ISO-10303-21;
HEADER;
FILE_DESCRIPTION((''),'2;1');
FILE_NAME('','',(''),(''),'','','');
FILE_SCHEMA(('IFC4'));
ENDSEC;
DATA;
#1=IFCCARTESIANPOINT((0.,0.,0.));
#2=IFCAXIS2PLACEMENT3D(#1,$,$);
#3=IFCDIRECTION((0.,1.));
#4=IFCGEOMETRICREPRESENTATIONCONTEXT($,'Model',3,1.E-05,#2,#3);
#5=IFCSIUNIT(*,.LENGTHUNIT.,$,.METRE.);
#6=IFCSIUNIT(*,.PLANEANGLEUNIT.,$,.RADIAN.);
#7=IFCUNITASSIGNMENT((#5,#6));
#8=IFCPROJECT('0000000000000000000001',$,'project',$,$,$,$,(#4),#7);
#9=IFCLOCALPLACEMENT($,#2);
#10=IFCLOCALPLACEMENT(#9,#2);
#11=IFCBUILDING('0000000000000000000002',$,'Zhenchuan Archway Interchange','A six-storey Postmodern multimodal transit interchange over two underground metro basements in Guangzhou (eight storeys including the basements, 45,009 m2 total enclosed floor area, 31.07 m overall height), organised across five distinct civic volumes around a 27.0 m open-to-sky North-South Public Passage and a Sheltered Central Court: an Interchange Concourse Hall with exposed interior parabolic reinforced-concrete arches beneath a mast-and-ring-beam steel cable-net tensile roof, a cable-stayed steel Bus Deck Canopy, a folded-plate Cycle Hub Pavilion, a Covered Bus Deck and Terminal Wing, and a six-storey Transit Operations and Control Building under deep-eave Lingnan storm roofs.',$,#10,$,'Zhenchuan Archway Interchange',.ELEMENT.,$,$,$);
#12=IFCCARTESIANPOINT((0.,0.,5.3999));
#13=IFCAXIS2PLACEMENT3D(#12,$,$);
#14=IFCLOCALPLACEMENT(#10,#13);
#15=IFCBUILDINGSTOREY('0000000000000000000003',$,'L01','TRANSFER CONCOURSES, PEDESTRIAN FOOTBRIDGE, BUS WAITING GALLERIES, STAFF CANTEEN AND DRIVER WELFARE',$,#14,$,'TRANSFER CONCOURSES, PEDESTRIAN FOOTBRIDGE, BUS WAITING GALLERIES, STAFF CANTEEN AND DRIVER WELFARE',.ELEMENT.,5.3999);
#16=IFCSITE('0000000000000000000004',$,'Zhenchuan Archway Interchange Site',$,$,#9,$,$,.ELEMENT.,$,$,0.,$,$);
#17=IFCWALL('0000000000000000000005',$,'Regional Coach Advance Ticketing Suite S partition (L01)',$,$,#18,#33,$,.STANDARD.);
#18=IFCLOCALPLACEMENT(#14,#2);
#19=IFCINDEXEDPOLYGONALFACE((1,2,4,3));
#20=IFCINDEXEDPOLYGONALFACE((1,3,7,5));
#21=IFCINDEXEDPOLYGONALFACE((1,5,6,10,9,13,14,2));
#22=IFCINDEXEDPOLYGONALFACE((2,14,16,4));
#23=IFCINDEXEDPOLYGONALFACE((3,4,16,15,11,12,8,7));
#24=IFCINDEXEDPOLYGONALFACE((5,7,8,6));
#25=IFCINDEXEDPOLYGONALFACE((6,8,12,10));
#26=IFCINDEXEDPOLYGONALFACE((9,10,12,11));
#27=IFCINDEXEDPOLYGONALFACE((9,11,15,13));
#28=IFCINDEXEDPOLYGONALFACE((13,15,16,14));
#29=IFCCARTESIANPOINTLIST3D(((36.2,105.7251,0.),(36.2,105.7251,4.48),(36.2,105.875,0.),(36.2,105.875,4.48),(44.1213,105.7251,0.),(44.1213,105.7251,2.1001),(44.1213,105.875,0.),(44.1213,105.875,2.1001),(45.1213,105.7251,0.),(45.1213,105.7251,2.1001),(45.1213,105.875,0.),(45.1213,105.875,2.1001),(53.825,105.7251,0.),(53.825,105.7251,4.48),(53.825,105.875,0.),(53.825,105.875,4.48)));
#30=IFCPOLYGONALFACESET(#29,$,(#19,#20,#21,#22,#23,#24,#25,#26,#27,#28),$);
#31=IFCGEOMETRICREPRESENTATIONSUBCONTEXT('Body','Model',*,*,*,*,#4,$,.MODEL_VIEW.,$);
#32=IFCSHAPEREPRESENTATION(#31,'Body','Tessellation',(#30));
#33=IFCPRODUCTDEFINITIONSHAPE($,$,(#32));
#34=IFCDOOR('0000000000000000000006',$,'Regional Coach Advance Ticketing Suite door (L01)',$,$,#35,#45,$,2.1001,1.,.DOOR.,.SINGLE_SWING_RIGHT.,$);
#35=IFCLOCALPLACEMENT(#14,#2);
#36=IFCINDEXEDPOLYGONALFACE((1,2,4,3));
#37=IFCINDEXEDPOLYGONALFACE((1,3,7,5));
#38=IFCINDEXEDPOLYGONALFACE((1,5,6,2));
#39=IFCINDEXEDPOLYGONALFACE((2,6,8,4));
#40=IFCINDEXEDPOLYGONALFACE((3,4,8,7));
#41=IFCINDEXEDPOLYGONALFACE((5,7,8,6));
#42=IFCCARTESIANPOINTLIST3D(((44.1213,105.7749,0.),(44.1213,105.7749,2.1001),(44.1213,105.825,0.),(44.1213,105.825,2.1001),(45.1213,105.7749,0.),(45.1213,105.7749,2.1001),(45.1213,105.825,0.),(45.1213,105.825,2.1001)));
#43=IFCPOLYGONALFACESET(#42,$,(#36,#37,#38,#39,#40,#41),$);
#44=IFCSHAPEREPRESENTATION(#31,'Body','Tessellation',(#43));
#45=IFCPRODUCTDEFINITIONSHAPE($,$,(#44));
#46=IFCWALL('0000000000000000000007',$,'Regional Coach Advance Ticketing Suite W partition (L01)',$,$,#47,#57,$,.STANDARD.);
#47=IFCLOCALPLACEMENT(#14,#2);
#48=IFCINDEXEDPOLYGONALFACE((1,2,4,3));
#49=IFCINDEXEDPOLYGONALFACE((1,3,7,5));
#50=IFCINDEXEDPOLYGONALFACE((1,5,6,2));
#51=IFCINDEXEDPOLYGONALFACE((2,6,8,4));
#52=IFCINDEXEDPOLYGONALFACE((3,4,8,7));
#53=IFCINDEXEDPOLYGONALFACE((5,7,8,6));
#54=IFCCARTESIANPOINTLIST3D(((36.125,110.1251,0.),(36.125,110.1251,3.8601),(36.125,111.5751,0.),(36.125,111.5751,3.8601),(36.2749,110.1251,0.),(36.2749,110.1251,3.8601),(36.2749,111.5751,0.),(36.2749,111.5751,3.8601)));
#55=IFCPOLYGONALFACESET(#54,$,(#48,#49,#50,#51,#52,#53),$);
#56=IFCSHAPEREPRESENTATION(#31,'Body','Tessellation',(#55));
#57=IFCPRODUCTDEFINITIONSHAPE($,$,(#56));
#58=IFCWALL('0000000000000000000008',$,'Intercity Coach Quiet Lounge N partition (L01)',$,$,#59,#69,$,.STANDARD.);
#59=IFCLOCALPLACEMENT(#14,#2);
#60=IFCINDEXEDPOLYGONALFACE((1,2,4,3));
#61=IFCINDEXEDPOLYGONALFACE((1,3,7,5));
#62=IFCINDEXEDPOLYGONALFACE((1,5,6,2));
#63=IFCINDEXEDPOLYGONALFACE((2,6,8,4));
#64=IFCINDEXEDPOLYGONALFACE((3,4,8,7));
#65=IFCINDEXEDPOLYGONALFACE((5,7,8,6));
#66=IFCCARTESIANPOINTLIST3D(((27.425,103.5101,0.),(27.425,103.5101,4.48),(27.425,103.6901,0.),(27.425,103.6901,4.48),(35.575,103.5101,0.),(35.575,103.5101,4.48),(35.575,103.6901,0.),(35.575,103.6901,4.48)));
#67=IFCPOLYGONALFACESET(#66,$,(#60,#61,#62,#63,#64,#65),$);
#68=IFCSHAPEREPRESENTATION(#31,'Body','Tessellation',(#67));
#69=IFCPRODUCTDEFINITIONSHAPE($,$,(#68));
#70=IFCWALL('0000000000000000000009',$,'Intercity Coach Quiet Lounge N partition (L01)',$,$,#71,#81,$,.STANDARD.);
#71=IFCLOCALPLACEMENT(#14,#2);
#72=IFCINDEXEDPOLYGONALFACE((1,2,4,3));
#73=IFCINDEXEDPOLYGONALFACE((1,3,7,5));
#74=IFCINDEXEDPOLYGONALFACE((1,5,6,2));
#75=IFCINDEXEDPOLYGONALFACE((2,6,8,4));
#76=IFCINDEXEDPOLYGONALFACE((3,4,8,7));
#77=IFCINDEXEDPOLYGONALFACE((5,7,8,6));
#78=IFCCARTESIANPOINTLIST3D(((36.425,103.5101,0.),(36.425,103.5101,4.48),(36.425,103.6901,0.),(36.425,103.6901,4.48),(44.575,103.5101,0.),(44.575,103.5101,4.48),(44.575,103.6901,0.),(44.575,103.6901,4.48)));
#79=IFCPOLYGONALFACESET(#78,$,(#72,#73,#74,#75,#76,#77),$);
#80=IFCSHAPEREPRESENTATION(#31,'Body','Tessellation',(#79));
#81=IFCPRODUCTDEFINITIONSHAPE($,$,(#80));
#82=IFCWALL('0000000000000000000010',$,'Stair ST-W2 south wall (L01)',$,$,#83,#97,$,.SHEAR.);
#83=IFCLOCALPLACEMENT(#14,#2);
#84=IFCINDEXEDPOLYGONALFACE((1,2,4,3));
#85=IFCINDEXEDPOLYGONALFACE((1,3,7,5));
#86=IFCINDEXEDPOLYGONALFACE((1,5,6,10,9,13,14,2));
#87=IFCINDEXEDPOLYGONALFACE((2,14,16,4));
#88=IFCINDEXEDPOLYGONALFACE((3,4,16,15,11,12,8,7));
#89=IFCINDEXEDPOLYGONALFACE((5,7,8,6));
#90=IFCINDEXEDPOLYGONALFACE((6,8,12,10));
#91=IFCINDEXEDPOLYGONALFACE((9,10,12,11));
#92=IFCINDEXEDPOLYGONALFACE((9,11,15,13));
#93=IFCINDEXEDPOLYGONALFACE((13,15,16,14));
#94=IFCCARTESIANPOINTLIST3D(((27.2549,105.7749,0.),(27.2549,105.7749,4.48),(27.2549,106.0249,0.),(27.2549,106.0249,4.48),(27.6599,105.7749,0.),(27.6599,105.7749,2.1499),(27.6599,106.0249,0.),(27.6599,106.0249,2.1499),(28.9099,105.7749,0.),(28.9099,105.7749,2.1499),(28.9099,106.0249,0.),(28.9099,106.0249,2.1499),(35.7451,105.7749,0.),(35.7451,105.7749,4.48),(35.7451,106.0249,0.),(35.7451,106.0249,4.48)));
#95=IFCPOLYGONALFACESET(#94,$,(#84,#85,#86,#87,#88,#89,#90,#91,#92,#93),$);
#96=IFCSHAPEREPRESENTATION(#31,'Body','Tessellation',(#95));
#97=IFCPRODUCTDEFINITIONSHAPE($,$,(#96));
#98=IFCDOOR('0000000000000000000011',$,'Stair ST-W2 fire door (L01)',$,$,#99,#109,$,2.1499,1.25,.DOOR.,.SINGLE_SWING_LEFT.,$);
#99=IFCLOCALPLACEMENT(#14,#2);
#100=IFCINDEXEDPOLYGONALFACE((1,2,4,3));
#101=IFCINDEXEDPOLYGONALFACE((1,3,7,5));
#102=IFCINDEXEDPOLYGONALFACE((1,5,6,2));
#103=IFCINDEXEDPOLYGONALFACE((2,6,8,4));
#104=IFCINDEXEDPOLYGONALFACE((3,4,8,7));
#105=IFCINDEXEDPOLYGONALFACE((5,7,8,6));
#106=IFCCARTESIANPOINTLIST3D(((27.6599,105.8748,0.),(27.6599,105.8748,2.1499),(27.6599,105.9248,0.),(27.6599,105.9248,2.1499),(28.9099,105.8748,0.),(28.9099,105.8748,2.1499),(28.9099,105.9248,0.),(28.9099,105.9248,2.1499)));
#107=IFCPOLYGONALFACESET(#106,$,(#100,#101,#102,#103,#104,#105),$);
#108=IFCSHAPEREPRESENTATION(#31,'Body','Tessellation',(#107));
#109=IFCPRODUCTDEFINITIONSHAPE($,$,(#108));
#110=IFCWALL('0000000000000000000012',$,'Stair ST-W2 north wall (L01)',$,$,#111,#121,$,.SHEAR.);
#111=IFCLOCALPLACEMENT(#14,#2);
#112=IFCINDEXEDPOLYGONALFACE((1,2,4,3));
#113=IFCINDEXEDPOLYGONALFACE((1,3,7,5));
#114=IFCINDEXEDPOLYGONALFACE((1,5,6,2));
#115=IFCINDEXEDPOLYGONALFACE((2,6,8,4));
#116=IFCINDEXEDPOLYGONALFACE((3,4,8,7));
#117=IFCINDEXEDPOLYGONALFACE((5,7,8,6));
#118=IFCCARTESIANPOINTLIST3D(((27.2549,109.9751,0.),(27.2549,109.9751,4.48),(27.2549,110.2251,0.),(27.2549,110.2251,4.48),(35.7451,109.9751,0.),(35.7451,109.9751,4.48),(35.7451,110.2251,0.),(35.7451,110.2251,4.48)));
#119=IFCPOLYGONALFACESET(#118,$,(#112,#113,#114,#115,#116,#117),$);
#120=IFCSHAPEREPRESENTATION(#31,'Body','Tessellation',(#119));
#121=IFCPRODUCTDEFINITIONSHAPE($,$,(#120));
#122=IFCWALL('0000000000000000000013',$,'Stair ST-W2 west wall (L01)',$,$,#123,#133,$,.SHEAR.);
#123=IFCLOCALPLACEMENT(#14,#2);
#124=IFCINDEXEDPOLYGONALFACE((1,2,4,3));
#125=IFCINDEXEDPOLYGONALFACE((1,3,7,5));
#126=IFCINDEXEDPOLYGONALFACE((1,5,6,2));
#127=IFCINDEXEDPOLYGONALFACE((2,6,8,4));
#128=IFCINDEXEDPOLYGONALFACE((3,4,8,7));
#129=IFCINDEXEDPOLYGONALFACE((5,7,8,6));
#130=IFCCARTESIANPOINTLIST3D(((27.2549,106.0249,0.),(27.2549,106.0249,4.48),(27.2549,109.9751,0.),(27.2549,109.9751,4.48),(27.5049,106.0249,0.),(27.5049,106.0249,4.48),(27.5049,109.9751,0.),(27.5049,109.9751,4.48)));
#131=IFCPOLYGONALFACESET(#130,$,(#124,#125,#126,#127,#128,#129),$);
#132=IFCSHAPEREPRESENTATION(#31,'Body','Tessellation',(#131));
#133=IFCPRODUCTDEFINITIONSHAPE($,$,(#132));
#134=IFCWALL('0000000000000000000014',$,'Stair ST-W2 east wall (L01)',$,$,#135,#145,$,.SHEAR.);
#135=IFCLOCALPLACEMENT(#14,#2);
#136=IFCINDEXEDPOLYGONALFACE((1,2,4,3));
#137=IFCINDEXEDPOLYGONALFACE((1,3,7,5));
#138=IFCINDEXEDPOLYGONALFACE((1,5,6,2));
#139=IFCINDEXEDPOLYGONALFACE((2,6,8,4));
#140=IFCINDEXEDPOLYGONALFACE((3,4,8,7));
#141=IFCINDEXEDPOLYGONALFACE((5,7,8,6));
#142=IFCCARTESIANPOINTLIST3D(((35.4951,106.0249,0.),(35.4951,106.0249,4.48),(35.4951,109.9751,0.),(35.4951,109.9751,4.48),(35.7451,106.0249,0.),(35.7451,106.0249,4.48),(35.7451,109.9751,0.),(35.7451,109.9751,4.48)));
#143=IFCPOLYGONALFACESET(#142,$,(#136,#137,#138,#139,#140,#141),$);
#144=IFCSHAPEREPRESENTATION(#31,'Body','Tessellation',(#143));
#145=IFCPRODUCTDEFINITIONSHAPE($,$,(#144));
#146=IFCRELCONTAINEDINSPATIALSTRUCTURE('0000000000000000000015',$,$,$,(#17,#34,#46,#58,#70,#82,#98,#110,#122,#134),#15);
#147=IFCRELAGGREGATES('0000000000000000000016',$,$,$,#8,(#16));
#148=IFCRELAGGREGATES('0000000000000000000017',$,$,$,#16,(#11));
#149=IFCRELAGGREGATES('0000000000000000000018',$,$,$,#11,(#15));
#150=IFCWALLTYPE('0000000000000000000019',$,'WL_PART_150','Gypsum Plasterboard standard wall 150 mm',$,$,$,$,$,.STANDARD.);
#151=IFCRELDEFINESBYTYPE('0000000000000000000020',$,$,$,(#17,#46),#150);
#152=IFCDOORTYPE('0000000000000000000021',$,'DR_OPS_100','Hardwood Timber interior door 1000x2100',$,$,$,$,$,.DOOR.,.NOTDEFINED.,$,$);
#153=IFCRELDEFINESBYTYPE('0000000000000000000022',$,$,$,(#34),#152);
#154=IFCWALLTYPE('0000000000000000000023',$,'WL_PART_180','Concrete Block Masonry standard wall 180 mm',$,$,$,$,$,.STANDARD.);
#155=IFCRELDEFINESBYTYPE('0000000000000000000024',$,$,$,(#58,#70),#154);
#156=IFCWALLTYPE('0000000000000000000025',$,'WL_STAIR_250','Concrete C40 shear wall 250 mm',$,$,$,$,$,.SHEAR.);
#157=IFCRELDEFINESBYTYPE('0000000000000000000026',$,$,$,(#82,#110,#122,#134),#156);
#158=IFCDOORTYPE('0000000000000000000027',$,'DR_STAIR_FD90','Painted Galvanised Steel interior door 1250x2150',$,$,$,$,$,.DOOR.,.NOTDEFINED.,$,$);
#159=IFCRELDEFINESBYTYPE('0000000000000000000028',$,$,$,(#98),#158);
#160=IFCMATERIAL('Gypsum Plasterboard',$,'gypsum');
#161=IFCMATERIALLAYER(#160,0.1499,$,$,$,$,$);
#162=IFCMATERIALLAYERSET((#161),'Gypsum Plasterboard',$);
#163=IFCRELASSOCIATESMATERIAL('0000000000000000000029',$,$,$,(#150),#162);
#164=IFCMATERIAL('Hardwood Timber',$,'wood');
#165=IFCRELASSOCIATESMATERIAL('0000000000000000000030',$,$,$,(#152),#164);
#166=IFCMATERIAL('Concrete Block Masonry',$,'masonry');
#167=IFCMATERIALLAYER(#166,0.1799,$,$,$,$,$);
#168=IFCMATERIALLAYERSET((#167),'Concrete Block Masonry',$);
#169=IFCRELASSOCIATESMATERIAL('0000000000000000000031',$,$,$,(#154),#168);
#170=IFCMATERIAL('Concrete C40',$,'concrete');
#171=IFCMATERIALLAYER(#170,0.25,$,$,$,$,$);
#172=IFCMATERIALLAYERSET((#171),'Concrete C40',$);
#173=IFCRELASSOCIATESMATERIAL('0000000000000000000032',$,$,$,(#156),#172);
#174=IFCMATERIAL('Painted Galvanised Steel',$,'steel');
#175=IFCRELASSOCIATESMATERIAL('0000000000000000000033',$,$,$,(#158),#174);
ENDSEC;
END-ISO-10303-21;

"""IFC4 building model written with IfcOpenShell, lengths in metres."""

from ifc_helpers import new_model, si_unit, direction, frame, frame_2d, origin, place, context, subcontext, project, spatial, rectangle, extrude, material, layer, layer_set, type_object, element, fill, save


model = new_model("IFC4")

# Units and contexts
model_context = context("Model", 3, precision=1e-05, world=origin(), true_north=direction((0.0, 1.0)))
body_context = subcontext(model_context, "Body", "Model", "MODEL_VIEW")
ifc_project = project(units=[si_unit("LENGTHUNIT", "METRE"), si_unit("PLANEANGLEUNIT", "RADIAN")], contexts=[model_context])

# Site, building, storey
site_placement = place(None, origin())
site = spatial("IfcSite", under=ifc_project, at=site_placement, Name="Zhenchuan Archway Interchange Site", CompositionType="ELEMENT", RefElevation=0.0)
building_placement = place(site_placement, origin())
building = spatial("IfcBuilding", under=site, at=building_placement, Name="Zhenchuan Archway Interchange", Description="A six-storey Postmodern multimodal transit interchange over two underground metro basements in Guangzhou (eight storeys including the basements, 45,009 m2 total enclosed floor area, 31.07 m overall height), organised across five distinct civic volumes around a 27.0 m open-to-sky North-South Public Passage and a Sheltered Central Court: an Interchange Concourse Hall with exposed interior parabolic reinforced-concrete arches beneath a mast-and-ring-beam steel cable-net tensile roof, a cable-stayed steel Bus Deck Canopy, a folded-plate Cycle Hub Pavilion, a Covered Bus Deck and Terminal Wing, and a six-storey Transit Operations and Control Building under deep-eave Lingnan storm roofs.", LongName="Zhenchuan Archway Interchange", CompositionType="ELEMENT")
storey_placement = place(building_placement, frame((0.0, 0.0, 5.3999)))
storey = spatial("IfcBuildingStorey", under=building, at=storey_placement, Name="L01", Description="TRANSFER CONCOURSES, PEDESTRIAN FOOTBRIDGE, BUS WAITING GALLERIES, STAFF CANTEEN AND DRIVER WELFARE", LongName="TRANSFER CONCOURSES, PEDESTRIAN FOOTBRIDGE, BUS WAITING GALLERIES, STAFF CANTEEN AND DRIVER WELFARE", CompositionType="ELEMENT", Elevation=5.3999)

# Shared definitions
ifc_material_1 = material(Name="Concrete C40", Category="concrete")

# Wall, opening, door
ifc_material_2 = material(Name="Gypsum Plasterboard", Category="gypsum")
ifc_layer_1 = layer(ifc_material_2, 0.1499)
ifc_layer_set_1 = layer_set([ifc_layer_1], Name="Gypsum Plasterboard")
wall_type_1 = type_object("IfcWallType", Name="WL_PART_150", Description="Gypsum Plasterboard standard wall 150 mm", PredefinedType="STANDARD", material=ifc_layer_set_1)
wall_1_placement = place(storey_placement, frame((36.2, 105.8, 0.0), z_axis=(0.0, 0.0, 1.0), x_axis=(1.0, 0.0, 0.0)))
wall_1 = element("IfcWall", 1, at=wall_1_placement, inside=storey, type_object=wall_type_1, Name="Regional Coach Advance Ticketing Suite S partition (L01)", PredefinedType="STANDARD", context=body_context, shape_type="SweptSolid", body=[
    extrude(rectangle(XDim=17.625, YDim=0.1499, at=frame_2d((8.8125, 0.0))), origin(), (0.0, 0.0, 1.0), 4.48),
])
opening_1_placement = place(wall_1_placement, frame((7.9214, 0.0, 0.0)))
opening_1 = element("IfcOpeningElement", 2, at=opening_1_placement, cuts=wall_1, PredefinedType="OPENING", context=body_context, shape_type="SweptSolid", body=[
    extrude(rectangle(XDim=1.0, YDim=2.1001, at=frame_2d((0.5, 1.05))), frame((0.0, 0.0869, 0.0), z_axis=(0.0, -1.0, 0.0), x_axis=(1.0, 0.0, 0.0)), (0.0, 0.0, 1.0), 0.1738),
])
ifc_material_3 = material(Name="Hardwood Timber", Category="wood")
door_type_1 = type_object("IfcDoorType", Name="DR_OPS_100", Description="Hardwood Timber interior door 1000x2100", OperationType="NOTDEFINED", PredefinedType="DOOR", material=ifc_material_3)
door_1_placement = place(opening_1_placement, origin())
door_1 = element("IfcDoor", 3, at=door_1_placement, inside=storey, type_object=door_type_1, Name="Regional Coach Advance Ticketing Suite door (L01)", OperationType="SINGLE_SWING_RIGHT", OverallHeight=2.1001, OverallWidth=1.0, PredefinedType="DOOR", context=body_context, shape_type="SweptSolid", body=[
    extrude(rectangle(XDim=1.0, YDim=2.1001, at=frame_2d((0.5, 1.05))), frame((0.0, 0.0249, 0.0), z_axis=(0.0, -1.0, 0.0), x_axis=(1.0, 0.0, 0.0)), (0.0, 0.0, 1.0), 0.05),
])
fill(opening_1, door_1)

# Walls
wall_2_placement = place(storey_placement, frame((36.2, 110.125, 0.0), z_axis=(0.0, 0.0, 1.0), x_axis=(0.0, 1.0, 0.0)))
element("IfcWall", 4, at=wall_2_placement, inside=storey, type_object=wall_type_1, Name="Regional Coach Advance Ticketing Suite W partition (L01)", PredefinedType="STANDARD", context=body_context, shape_type="SweptSolid", body=[
    extrude(rectangle(XDim=1.45, YDim=0.1499, at=frame_2d((0.7251, 0.0))), origin(), (0.0, 0.0, 1.0), 3.8601),
])
ifc_material_4 = material(Name="Concrete Block Masonry", Category="masonry")
ifc_layer_2 = layer(ifc_material_4, 0.1799)
ifc_layer_set_2 = layer_set([ifc_layer_2], Name="Concrete Block Masonry")
wall_type_2 = type_object("IfcWallType", Name="WL_PART_180", Description="Concrete Block Masonry standard wall 180 mm", PredefinedType="STANDARD", material=ifc_layer_set_2)
for number, where, z_axis, x_axis, name in (
    (5, (27.425, 103.6001, 0.0), (0.0, 0.0, 1.0), (1.0, 0.0, 0.0), "Intercity Coach Quiet Lounge N partition (L01)"),
    (6, (36.425, 103.6001, 0.0), (0.0, 0.0, 1.0), (1.0, 0.0, 0.0), "Intercity Coach Quiet Lounge N partition (L01)"),
):
    element("IfcWall", number, at=place(storey_placement, frame(where, z_axis=z_axis, x_axis=x_axis)), inside=storey, type_object=wall_type_2, Name=name, PredefinedType="STANDARD", context=body_context, shape_type="SweptSolid", body=[
        extrude(rectangle(XDim=8.1499, YDim=0.1799, at=frame_2d((4.075, 0.0))), origin(), (0.0, 0.0, 1.0), 4.48),
    ])

# Wall, opening, door
ifc_layer_3 = layer(ifc_material_1, 0.25)
ifc_layer_set_3 = layer_set([ifc_layer_3], Name="Concrete C40")
wall_type_3 = type_object("IfcWallType", Name="WL_STAIR_250", Description="Concrete C40 shear wall 250 mm", PredefinedType="SHEAR", material=ifc_layer_set_3)
wall_3_placement = place(storey_placement, frame((27.2549, 105.8999, 0.0), z_axis=(0.0, 0.0, 1.0), x_axis=(1.0, 0.0, 0.0)))
wall_3 = element("IfcWall", 7, at=wall_3_placement, inside=storey, type_object=wall_type_3, Name="Stair ST-W2 south wall (L01)", PredefinedType="SHEAR", context=body_context, shape_type="SweptSolid", body=[
    extrude(rectangle(XDim=8.4902, YDim=0.25, at=frame_2d((4.2451, 0.0))), origin(), (0.0, 0.0, 1.0), 4.48),
])
opening_2_placement = place(wall_3_placement, frame((0.405, 0.0, 0.0)))
opening_2 = element("IfcOpeningElement", 8, at=opening_2_placement, cuts=wall_3, PredefinedType="OPENING", context=body_context, shape_type="SweptSolid", body=[
    extrude(rectangle(XDim=1.25, YDim=2.1499, at=frame_2d((0.625, 1.075))), frame((0.0, 0.137, 0.0), z_axis=(0.0, -1.0, 0.0), x_axis=(1.0, 0.0, 0.0)), (0.0, 0.0, 1.0), 0.2739),
])
ifc_material_5 = material(Name="Painted Galvanised Steel", Category="steel")
door_type_2 = type_object("IfcDoorType", Name="DR_STAIR_FD90", Description="Painted Galvanised Steel interior door 1250x2150", OperationType="NOTDEFINED", PredefinedType="DOOR", material=ifc_material_5)
door_2_placement = place(opening_2_placement, origin())
door_2 = element("IfcDoor", 9, at=door_2_placement, inside=storey, type_object=door_type_2, Name="Stair ST-W2 fire door (L01)", OperationType="SINGLE_SWING_LEFT", OverallHeight=2.1499, OverallWidth=1.25, PredefinedType="DOOR", context=body_context, shape_type="SweptSolid", body=[
    extrude(rectangle(XDim=1.25, YDim=2.1499, at=frame_2d((0.625, 1.075))), frame((0.0, 0.0249, 0.0), z_axis=(0.0, -1.0, 0.0), x_axis=(1.0, 0.0, 0.0)), (0.0, 0.0, 1.0), 0.05),
])
fill(opening_2, door_2)

# Walls
wall_4_placement = place(storey_placement, frame((35.7451, 110.1001, 0.0), z_axis=(0.0, 0.0, 1.0), x_axis=(-1.0, 0.0, 0.0)))
element("IfcWall", 10, at=wall_4_placement, inside=storey, type_object=wall_type_3, Name="Stair ST-W2 north wall (L01)", PredefinedType="SHEAR", context=body_context, shape_type="SweptSolid", body=[
    extrude(rectangle(XDim=8.4902, YDim=0.25, at=frame_2d((4.2451, 0.0))), origin(), (0.0, 0.0, 1.0), 4.48),
])
for number, where, z_axis, x_axis, name in (
    (11, (27.3799, 109.9751, 0.0), (0.0, 0.0, 1.0), (0.0, -1.0, 0.0), "Stair ST-W2 west wall (L01)"),
    (12, (35.6201, 106.0249, 0.0), (0.0, 0.0, 1.0), (0.0, 1.0, 0.0), "Stair ST-W2 east wall (L01)"),
):
    element("IfcWall", number, at=place(storey_placement, frame(where, z_axis=z_axis, x_axis=x_axis)), inside=storey, type_object=wall_type_3, Name=name, PredefinedType="SHEAR", context=body_context, shape_type="SweptSolid", body=[
        extrude(rectangle(XDim=3.9502, YDim=0.25, at=frame_2d((1.9751, 0.0))), origin(), (0.0, 0.0, 1.0), 4.48),
    ])

save(model, "model.ifc")
